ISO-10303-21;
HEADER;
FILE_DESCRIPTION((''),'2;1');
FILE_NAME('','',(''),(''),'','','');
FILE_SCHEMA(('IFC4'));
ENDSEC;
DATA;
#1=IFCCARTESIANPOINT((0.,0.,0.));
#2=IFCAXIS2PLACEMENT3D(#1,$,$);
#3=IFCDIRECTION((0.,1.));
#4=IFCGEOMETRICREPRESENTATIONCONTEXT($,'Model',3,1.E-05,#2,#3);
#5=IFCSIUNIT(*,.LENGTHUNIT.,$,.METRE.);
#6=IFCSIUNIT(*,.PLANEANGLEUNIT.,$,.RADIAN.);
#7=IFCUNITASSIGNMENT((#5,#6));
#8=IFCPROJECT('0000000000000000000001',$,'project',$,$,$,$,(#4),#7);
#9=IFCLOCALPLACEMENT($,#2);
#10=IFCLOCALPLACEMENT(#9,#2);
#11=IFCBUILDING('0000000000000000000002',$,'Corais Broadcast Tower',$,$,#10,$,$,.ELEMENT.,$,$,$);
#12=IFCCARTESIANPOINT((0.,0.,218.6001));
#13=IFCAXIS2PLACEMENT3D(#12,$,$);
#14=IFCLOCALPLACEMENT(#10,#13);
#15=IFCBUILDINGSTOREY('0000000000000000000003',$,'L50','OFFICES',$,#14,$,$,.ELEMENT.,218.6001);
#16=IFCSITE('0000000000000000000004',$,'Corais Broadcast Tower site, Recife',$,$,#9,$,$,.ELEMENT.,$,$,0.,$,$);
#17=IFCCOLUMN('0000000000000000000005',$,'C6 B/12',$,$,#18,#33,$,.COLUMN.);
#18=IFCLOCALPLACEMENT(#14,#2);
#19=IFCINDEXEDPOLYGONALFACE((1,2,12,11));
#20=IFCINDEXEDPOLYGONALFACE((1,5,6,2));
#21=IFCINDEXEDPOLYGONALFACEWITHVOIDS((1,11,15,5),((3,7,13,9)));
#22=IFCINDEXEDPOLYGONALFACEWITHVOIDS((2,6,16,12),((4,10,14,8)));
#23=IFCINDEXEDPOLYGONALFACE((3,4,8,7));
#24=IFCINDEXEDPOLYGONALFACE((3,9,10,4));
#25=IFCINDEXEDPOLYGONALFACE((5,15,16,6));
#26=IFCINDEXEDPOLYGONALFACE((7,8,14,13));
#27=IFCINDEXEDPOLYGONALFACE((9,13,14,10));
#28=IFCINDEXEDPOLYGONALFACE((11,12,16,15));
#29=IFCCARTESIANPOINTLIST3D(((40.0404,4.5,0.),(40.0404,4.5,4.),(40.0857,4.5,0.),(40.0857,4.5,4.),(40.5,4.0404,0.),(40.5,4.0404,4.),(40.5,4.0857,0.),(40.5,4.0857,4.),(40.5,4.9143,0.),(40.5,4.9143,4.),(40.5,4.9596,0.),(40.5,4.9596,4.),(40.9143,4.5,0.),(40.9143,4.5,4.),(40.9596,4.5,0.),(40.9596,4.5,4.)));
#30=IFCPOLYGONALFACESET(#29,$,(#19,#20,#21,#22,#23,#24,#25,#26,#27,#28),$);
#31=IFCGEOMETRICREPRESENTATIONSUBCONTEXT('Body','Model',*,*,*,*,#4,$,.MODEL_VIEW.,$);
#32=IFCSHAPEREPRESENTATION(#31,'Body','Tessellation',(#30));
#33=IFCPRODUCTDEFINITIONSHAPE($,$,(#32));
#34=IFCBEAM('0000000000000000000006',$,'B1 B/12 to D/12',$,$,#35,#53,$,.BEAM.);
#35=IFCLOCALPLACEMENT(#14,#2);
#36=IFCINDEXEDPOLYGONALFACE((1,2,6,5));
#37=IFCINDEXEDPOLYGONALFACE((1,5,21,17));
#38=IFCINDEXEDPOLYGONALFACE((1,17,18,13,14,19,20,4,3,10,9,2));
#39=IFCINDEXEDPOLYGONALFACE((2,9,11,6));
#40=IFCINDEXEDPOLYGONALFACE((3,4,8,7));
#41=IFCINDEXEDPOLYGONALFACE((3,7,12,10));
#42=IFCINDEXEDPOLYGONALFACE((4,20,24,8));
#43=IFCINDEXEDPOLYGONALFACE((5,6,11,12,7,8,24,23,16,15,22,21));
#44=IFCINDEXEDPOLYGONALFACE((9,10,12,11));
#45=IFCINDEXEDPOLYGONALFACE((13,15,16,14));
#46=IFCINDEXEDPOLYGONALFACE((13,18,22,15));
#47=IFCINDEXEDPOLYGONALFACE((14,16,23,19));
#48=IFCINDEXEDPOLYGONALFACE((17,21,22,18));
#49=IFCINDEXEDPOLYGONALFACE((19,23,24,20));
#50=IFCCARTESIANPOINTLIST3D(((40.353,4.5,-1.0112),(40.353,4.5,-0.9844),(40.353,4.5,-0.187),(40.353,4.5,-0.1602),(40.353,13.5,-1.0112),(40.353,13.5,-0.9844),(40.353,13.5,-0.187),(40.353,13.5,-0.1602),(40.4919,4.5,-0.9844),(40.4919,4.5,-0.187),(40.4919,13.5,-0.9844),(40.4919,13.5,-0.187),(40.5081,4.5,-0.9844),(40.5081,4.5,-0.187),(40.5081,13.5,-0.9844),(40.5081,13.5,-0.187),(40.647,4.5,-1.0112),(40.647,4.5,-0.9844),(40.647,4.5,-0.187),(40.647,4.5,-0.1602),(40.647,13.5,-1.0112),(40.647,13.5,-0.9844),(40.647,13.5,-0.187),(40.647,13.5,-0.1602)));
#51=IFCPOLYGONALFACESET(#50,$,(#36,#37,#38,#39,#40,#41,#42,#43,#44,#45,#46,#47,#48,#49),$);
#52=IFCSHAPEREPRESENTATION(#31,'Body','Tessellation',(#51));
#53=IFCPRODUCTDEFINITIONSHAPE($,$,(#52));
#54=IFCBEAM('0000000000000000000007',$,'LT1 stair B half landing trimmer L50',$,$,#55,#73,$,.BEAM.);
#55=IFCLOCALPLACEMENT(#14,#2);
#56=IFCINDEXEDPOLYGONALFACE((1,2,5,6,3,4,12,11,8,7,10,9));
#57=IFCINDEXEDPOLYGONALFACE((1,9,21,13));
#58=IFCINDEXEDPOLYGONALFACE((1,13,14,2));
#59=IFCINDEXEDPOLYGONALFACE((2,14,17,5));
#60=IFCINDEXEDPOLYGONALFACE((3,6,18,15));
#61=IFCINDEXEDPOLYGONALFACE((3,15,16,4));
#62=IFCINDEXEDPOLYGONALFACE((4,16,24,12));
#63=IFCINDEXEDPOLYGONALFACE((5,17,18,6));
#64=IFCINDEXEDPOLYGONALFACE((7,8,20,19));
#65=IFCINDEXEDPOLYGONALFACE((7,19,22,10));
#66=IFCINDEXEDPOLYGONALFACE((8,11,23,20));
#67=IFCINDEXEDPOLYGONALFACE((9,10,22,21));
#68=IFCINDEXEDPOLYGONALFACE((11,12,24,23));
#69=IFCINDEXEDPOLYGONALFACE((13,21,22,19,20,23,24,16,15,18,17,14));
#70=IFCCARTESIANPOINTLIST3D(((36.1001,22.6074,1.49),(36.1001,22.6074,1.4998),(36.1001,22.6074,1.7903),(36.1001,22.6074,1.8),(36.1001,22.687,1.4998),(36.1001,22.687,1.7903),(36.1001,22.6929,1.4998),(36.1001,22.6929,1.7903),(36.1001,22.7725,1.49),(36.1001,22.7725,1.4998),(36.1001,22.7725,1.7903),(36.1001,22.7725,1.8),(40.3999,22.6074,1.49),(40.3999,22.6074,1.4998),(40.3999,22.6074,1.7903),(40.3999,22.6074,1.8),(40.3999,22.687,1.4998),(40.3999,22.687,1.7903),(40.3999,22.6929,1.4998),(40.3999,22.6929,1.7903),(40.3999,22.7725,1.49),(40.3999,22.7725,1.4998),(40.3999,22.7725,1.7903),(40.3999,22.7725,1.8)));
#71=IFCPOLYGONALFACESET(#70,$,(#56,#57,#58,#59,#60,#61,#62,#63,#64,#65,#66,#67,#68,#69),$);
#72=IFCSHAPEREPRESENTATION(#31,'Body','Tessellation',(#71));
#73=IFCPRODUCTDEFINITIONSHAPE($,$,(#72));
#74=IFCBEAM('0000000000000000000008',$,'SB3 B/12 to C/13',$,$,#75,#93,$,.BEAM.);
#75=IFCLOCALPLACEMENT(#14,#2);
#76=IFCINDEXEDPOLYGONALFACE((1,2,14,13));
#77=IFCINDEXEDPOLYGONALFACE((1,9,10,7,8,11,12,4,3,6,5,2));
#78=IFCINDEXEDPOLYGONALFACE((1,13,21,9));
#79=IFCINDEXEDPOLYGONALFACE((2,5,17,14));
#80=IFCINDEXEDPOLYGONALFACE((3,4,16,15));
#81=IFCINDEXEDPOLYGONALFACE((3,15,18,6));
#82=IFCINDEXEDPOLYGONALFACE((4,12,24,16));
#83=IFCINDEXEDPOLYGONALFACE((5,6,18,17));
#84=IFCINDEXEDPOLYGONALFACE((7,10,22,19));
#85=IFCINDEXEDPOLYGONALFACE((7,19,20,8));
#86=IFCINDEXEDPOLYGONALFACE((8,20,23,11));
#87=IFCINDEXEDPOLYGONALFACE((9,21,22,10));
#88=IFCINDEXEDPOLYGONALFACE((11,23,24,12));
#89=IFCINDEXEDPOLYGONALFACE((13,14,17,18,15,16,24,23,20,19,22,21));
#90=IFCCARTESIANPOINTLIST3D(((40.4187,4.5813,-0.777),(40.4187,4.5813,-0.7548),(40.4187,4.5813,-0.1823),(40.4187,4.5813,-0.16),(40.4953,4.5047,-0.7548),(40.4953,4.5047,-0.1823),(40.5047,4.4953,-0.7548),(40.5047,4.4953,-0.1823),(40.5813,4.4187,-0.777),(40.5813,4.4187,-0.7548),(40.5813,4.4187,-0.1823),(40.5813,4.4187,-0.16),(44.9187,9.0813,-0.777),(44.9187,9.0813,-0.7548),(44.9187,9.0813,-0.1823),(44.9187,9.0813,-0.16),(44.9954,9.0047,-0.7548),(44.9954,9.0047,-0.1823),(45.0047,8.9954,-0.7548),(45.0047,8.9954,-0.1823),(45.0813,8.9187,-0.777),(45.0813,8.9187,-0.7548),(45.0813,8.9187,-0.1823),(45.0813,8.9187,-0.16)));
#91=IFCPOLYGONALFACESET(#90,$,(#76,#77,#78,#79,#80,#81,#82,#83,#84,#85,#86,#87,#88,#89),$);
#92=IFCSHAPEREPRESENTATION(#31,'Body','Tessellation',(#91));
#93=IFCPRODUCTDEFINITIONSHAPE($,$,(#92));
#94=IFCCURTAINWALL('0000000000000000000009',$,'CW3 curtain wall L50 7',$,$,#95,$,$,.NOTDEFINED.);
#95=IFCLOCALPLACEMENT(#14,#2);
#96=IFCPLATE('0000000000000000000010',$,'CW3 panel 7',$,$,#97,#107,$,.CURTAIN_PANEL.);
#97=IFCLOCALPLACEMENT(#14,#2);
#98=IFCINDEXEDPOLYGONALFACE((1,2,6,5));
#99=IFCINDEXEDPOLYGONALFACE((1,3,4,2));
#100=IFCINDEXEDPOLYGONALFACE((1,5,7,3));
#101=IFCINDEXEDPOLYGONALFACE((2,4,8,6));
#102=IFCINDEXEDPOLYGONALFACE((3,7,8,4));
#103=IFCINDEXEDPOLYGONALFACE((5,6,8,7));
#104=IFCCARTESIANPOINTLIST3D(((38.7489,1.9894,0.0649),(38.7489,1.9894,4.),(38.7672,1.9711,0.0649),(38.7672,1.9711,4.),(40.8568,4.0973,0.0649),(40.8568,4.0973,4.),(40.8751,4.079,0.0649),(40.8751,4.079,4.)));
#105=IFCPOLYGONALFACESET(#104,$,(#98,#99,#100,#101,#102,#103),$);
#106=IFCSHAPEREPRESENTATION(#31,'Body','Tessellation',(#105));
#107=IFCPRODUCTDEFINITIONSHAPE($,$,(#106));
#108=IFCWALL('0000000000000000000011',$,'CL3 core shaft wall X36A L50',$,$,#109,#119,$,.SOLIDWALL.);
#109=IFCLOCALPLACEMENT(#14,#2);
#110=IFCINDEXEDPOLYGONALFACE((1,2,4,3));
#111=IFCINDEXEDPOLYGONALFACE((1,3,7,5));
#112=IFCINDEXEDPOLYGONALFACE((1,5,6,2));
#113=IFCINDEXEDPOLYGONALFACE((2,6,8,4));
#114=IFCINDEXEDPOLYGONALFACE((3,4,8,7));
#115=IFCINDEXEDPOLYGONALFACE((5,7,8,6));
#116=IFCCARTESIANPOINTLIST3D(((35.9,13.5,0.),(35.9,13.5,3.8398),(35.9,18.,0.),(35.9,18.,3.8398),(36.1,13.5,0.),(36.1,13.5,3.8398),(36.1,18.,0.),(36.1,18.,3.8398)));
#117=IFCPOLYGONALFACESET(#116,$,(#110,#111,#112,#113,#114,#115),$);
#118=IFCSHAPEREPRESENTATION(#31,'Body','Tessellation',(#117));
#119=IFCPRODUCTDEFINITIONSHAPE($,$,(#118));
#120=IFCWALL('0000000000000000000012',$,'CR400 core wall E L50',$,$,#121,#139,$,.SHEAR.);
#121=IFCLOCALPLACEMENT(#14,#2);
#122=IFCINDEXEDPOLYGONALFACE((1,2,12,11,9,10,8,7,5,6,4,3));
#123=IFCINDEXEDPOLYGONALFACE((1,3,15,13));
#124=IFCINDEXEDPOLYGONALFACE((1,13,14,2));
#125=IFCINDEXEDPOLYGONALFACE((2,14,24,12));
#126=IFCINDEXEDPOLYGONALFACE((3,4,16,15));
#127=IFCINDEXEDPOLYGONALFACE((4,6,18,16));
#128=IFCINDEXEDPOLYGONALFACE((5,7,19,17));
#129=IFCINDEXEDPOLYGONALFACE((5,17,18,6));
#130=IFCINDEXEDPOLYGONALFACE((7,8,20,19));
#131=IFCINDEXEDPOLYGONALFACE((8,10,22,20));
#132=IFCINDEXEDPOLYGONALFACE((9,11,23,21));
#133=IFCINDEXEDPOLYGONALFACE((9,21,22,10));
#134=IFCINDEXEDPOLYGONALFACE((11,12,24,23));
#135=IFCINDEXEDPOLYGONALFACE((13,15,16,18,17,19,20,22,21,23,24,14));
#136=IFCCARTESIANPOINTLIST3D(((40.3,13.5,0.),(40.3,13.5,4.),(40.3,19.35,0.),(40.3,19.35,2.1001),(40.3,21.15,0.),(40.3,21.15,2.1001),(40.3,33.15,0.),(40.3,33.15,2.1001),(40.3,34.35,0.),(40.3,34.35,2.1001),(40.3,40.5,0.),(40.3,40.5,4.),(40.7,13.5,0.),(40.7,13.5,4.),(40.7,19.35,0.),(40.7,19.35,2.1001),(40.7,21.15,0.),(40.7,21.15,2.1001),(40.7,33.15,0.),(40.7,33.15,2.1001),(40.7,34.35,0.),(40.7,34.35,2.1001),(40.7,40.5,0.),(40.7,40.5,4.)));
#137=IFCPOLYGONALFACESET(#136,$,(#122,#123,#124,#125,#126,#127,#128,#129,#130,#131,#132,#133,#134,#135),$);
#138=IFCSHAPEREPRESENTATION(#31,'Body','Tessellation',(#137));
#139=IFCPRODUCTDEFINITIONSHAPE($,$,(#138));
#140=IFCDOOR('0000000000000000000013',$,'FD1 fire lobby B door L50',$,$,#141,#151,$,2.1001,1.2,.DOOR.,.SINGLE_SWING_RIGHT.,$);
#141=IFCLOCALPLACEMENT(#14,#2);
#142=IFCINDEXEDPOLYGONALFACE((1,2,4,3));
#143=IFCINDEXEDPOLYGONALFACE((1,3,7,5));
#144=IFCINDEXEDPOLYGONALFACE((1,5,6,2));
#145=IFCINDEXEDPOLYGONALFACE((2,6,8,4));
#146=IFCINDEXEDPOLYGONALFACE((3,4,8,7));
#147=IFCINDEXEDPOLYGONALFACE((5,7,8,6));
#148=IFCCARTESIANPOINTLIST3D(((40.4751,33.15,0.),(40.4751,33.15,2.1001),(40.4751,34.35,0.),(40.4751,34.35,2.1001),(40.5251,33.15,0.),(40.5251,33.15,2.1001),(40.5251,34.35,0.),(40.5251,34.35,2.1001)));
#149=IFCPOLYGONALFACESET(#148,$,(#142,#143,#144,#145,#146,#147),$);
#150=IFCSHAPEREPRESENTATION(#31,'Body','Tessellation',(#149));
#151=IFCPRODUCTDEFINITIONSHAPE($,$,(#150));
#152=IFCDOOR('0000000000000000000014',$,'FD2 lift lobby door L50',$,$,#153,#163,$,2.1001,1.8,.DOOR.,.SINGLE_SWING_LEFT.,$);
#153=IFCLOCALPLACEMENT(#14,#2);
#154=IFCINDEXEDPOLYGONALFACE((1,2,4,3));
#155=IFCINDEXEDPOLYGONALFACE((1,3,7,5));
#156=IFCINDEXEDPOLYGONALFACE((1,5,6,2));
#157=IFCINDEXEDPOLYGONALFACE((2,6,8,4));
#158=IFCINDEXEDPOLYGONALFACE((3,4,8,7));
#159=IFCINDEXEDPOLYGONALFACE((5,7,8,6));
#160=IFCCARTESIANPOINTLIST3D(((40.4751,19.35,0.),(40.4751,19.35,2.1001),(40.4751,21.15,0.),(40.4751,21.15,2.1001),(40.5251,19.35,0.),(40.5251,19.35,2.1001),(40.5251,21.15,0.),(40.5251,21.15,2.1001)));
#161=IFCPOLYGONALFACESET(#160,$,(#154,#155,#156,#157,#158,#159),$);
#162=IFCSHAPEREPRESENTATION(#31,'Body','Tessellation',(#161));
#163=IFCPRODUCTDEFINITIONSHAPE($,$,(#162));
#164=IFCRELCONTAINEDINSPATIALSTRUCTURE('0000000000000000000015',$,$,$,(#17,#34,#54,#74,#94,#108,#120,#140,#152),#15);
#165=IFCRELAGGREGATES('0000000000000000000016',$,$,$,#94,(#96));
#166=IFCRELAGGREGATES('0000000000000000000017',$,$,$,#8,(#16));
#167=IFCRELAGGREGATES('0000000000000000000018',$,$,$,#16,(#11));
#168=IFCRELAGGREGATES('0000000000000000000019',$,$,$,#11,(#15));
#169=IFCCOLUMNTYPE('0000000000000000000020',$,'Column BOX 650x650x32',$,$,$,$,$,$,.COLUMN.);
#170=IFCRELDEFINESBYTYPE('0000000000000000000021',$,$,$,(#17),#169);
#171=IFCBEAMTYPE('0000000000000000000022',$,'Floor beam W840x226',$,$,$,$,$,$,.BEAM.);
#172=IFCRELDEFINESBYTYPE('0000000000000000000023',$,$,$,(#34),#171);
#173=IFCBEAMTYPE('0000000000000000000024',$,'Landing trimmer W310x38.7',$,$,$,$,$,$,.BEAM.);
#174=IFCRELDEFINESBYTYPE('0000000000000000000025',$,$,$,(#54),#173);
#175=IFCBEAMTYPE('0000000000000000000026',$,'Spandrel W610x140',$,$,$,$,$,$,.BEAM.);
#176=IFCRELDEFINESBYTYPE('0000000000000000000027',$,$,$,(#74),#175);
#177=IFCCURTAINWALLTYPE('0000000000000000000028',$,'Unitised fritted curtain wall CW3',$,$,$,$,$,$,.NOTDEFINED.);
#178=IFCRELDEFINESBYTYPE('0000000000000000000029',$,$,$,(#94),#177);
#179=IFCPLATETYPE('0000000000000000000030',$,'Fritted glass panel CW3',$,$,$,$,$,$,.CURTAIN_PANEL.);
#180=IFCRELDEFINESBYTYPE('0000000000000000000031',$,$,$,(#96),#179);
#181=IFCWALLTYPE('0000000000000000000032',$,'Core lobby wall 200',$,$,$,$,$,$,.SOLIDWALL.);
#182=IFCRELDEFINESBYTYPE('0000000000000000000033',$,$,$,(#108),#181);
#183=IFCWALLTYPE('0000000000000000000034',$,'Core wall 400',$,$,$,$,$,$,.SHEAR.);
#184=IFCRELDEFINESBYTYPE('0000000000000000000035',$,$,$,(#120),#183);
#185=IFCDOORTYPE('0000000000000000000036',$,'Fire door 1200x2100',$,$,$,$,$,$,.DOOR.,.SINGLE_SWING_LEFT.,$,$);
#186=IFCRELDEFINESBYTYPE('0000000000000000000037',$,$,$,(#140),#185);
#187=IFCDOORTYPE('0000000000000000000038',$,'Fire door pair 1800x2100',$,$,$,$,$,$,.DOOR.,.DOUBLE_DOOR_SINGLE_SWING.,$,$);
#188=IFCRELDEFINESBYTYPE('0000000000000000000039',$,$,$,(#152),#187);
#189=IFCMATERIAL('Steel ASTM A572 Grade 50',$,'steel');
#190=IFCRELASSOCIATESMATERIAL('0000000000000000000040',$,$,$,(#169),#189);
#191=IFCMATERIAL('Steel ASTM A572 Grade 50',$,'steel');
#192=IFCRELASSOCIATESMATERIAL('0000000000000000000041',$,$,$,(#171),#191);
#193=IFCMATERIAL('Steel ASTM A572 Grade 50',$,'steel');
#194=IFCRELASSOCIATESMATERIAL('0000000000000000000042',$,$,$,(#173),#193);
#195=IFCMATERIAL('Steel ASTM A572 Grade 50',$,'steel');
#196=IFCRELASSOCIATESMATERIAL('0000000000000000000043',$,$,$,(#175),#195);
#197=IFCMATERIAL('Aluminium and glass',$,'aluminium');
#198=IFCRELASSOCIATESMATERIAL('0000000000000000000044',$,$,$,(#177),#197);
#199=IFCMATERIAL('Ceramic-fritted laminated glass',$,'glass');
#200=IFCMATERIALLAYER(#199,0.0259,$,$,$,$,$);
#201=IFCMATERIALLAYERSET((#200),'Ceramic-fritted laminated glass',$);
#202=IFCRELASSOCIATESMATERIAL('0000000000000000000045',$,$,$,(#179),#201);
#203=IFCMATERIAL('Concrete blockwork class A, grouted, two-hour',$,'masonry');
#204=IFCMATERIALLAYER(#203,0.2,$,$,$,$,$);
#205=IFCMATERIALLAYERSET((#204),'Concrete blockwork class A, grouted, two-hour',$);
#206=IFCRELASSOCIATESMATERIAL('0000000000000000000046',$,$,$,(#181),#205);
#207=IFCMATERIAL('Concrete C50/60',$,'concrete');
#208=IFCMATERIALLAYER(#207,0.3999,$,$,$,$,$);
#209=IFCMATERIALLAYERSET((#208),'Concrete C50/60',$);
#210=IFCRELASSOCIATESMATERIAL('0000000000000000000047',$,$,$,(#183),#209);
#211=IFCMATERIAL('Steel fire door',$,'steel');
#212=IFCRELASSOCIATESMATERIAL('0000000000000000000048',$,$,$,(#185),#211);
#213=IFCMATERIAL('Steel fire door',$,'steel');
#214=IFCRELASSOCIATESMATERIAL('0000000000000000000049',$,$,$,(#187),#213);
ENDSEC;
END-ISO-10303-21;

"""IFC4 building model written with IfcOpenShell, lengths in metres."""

from ifc_helpers import new_model, si_unit, direction, frame, frame_2d, origin, origin_2d, place, context, subcontext, project, spatial, rectangle, hollow_rectangle, i_section, extrude, material, layer, layer_set, material_profile, profile_set, type_object, element, fill, aggregate, save


model = new_model("IFC4")

# Units and contexts
model_context = context("Model", 3, precision=1e-05, world=origin(), true_north=direction((0.0, 1.0)))
body_context = subcontext(model_context, "Body", "Model", "MODEL_VIEW")
ifc_project = project(units=[si_unit("LENGTHUNIT", "METRE"), si_unit("PLANEANGLEUNIT", "RADIAN")], contexts=[model_context])

# Site, building, storey
site_placement = place(None, origin())
site = spatial("IfcSite", under=ifc_project, at=site_placement, Name="Corais Broadcast Tower site, Recife", CompositionType="ELEMENT", RefElevation=0.0)
building_placement = place(site_placement, origin())
building = spatial("IfcBuilding", under=site, at=building_placement, Name="Corais Broadcast Tower", CompositionType="ELEMENT")
storey_placement = place(building_placement, frame((0.0, 0.0, 218.6001)))
storey = spatial("IfcBuildingStorey", under=building, at=storey_placement, Name="L50", Description="OFFICES", CompositionType="ELEMENT", Elevation=218.6001)

# Column
ifc_material_1 = material(Name="Steel ASTM A572 Grade 50", Category="steel")
ifc_material_profile_1 = material_profile(ifc_material_1, hollow_rectangle(XDim=0.6499, YDim=0.6499, WallThickness=0.032, at=origin_2d()), Name="BOX 650x650x32")
ifc_profile_set_1 = profile_set([ifc_material_profile_1], Name="Steel ASTM A572 Grade 50")
column_type = type_object("IfcColumnType", Name="Column BOX 650x650x32", PredefinedType="COLUMN", material=ifc_profile_set_1)
column_placement = place(storey_placement, frame((40.5, 4.5, 0.0), z_axis=(0.0, 0.0, 1.0), x_axis=(0.707107, 0.707107, 0.0)))
element("IfcColumn", 1, at=column_placement, inside=storey, type_object=column_type, Name="C6 B/12", PredefinedType="COLUMN", context=body_context, shape_type="SweptSolid", body=[
    extrude(hollow_rectangle(XDim=0.6499, YDim=0.6499, WallThickness=0.032, at=origin_2d()), origin(), (0.0, 0.0, 1.0), 4.0),
])

# Beams
ifc_material_2 = material(Name="Steel ASTM A572 Grade 50", Category="steel")
ifc_material_profile_2 = material_profile(ifc_material_2, i_section(OverallWidth=0.2939, OverallDepth=0.8511, WebThickness=0.0161, FlangeThickness=0.0269, at=origin_2d()), Name="W840x226")
ifc_profile_set_2 = profile_set([ifc_material_profile_2], Name="Steel ASTM A572 Grade 50")
beam_type_1 = type_object("IfcBeamType", Name="Floor beam W840x226", PredefinedType="BEAM", material=ifc_profile_set_2)
beam_1_placement = place(storey_placement, frame((40.5, 4.5, -0.5857), z_axis=(0.0, 1.0, 0.0), x_axis=(-1.0, 0.0, 0.0)))
element("IfcBeam", 2, at=beam_1_placement, inside=storey, type_object=beam_type_1, Name="B1 B/12 to D/12", PredefinedType="BEAM", context=body_context, shape_type="SweptSolid", body=[
    extrude(i_section(OverallWidth=0.2939, OverallDepth=0.8511, WebThickness=0.0161, FlangeThickness=0.0269, at=origin_2d()), origin(), (0.0, 0.0, 1.0), 9.0),
])
ifc_material_3 = material(Name="Steel ASTM A572 Grade 50", Category="steel")
ifc_material_profile_3 = material_profile(ifc_material_3, i_section(OverallWidth=0.165, OverallDepth=0.3101, WebThickness=0.0059, FlangeThickness=0.0098, at=origin_2d()), Name="W310x38.7")
ifc_profile_set_3 = profile_set([ifc_material_profile_3], Name="Steel ASTM A572 Grade 50")
beam_type_2 = type_object("IfcBeamType", Name="Landing trimmer W310x38.7", PredefinedType="BEAM", material=ifc_profile_set_3)
beam_2_placement = place(storey_placement, frame((36.1001, 22.6899, 1.645), z_axis=(1.0, 0.0, 0.0), x_axis=(0.0, 1.0, 0.0)))
element("IfcBeam", 3, at=beam_2_placement, inside=storey, type_object=beam_type_2, Name="LT1 stair B half landing trimmer L50", PredefinedType="BEAM", context=body_context, shape_type="SweptSolid", body=[
    extrude(i_section(OverallWidth=0.165, OverallDepth=0.3101, WebThickness=0.0059, FlangeThickness=0.0098, at=origin_2d()), origin(), (0.0, 0.0, 1.0), 4.2998),
])
ifc_material_4 = material(Name="Steel ASTM A572 Grade 50", Category="steel")
ifc_material_profile_4 = material_profile(ifc_material_4, i_section(OverallWidth=0.23, OverallDepth=0.6169, WebThickness=0.0132, FlangeThickness=0.0222, at=origin_2d()), Name="W610x140")
ifc_profile_set_4 = profile_set([ifc_material_profile_4], Name="Steel ASTM A572 Grade 50")
beam_type_3 = type_object("IfcBeamType", Name="Spandrel W610x140", PredefinedType="BEAM", material=ifc_profile_set_4)
beam_3_placement = place(storey_placement, frame((40.5, 4.5, -0.4685), z_axis=(0.707107, 0.707107, 0.0), x_axis=(-0.707107, 0.707107, 0.0)))
element("IfcBeam", 4, at=beam_3_placement, inside=storey, type_object=beam_type_3, Name="SB3 B/12 to C/13", PredefinedType="BEAM", context=body_context, shape_type="SweptSolid", body=[
    extrude(i_section(OverallWidth=0.23, OverallDepth=0.6169, WebThickness=0.0132, FlangeThickness=0.0222, at=origin_2d()), origin(), (0.0, 0.0, 1.0), 6.364),
])

# Curtain wall, plate
ifc_material_5 = material(Name="Aluminium and glass", Category="aluminium")
curtain_wall_type = type_object("IfcCurtainWallType", Name="Unitised fritted curtain wall CW3", PredefinedType="NOTDEFINED", material=ifc_material_5)
curtain_wall_placement = place(storey_placement, origin())
curtain_wall = element("IfcCurtainWall", 5, at=curtain_wall_placement, inside=storey, type_object=curtain_wall_type, Name="CW3 curtain wall L50 7", PredefinedType="NOTDEFINED")
ifc_material_6 = material(Name="Ceramic-fritted laminated glass", Category="glass")
ifc_layer_1 = layer(ifc_material_6, 0.0259)
ifc_layer_set_1 = layer_set([ifc_layer_1], Name="Ceramic-fritted laminated glass")
plate_type = type_object("IfcPlateType", Name="Fritted glass panel CW3", PredefinedType="CURTAIN_PANEL", material=ifc_layer_set_1)
plate_placement = place(storey_placement, frame((39.812, 3.0342, 0.0649), z_axis=(0.0, 0.0, 1.0), x_axis=(-0.707107, -0.707107, 0.0)))
plate = element("IfcPlate", 6, at=plate_placement, type_object=plate_type, Name="CW3 panel 7", PredefinedType="CURTAIN_PANEL", context=body_context, shape_type="SweptSolid", body=[
    extrude(rectangle(XDim=2.981, YDim=0.0259, at=origin_2d()), origin(), (0.0, 0.0, 1.0), 3.9351),
])
aggregate(curtain_wall, [plate])

# Wall
ifc_material_7 = material(Name="Concrete blockwork class A, grouted, two-hour", Category="masonry")
ifc_layer_2 = layer(ifc_material_7, 0.2)
ifc_layer_set_2 = layer_set([ifc_layer_2], Name="Concrete blockwork class A, grouted, two-hour")
wall_type_1 = type_object("IfcWallType", Name="Core lobby wall 200", PredefinedType="SOLIDWALL", material=ifc_layer_set_2)
wall_1_placement = place(storey_placement, frame((36.0, 13.5, 0.0), z_axis=(0.0, 0.0, 1.0), x_axis=(0.0, 1.0, 0.0)))
element("IfcWall", 7, at=wall_1_placement, inside=storey, type_object=wall_type_1, Name="CL3 core shaft wall X36A L50", PredefinedType="SOLIDWALL", context=body_context, shape_type="SweptSolid", body=[
    extrude(rectangle(XDim=4.5, YDim=0.2, at=frame_2d((2.25, 0.0))), origin(), (0.0, 0.0, 1.0), 3.8398),
])

# Wall, openings, doors
ifc_material_8 = material(Name="Concrete C50/60", Category="concrete")
ifc_layer_3 = layer(ifc_material_8, 0.3999)
ifc_layer_set_3 = layer_set([ifc_layer_3], Name="Concrete C50/60")
wall_type_2 = type_object("IfcWallType", Name="Core wall 400", PredefinedType="SHEAR", material=ifc_layer_set_3)
wall_2_placement = place(storey_placement, frame((40.5, 13.5, 0.0), z_axis=(0.0, 0.0, 1.0), x_axis=(0.0, 1.0, 0.0)))
wall_2 = element("IfcWall", 8, at=wall_2_placement, inside=storey, type_object=wall_type_2, Name="CR400 core wall E L50", PredefinedType="SHEAR", context=body_context, shape_type="SweptSolid", body=[
    extrude(rectangle(XDim=27.0, YDim=0.3999, at=frame_2d((13.5, 0.0))), origin(), (0.0, 0.0, 1.0), 4.0),
])
opening_1_placement = place(wall_2_placement, frame((5.8501, 0.0, 0.0)))
opening_1 = element("IfcOpeningElement", 9, at=opening_1_placement, cuts=wall_2, PredefinedType="OPENING", context=body_context, shape_type="SweptSolid", body=[
    extrude(rectangle(XDim=1.8, YDim=2.1001, at=frame_2d((0.8999, 1.05))), frame((0.0, 0.21, 0.0), z_axis=(0.0, -1.0, 0.0), x_axis=(1.0, 0.0, 0.0)), (0.0, 0.0, 1.0), 0.4199),
])
opening_2_placement = place(wall_2_placement, frame((19.6499, 0.0, 0.0)))
opening_2 = element("IfcOpeningElement", 10, at=opening_2_placement, cuts=wall_2, PredefinedType="OPENING", context=body_context, shape_type="SweptSolid", body=[
    extrude(rectangle(XDim=1.2, YDim=2.1001, at=frame_2d((0.6001, 1.05))), frame((0.0, 0.21, 0.0), z_axis=(0.0, -1.0, 0.0), x_axis=(1.0, 0.0, 0.0)), (0.0, 0.0, 1.0), 0.4199),
])
ifc_material_9 = material(Name="Steel fire door", Category="steel")
door_type_1 = type_object("IfcDoorType", Name="Fire door 1200x2100", OperationType="SINGLE_SWING_LEFT", PredefinedType="DOOR", material=ifc_material_9)
door_1_placement = place(opening_2_placement, origin())
door_1 = element("IfcDoor", 11, at=door_1_placement, inside=storey, type_object=door_type_1, Name="FD1 fire lobby B door L50", OperationType="SINGLE_SWING_RIGHT", OverallHeight=2.1001, OverallWidth=1.2, PredefinedType="DOOR", context=body_context, shape_type="SweptSolid", body=[
    extrude(rectangle(XDim=1.2, YDim=2.1001, at=frame_2d((0.6001, 1.05))), frame((0.0, 0.0249, 0.0), z_axis=(0.0, -1.0, 0.0), x_axis=(1.0, 0.0, 0.0)), (0.0, 0.0, 1.0), 0.05),
])
fill(opening_2, door_1)
ifc_material_10 = material(Name="Steel fire door", Category="steel")
door_type_2 = type_object("IfcDoorType", Name="Fire door pair 1800x2100", OperationType="DOUBLE_DOOR_SINGLE_SWING", PredefinedType="DOOR", material=ifc_material_10)
door_2_placement = place(opening_1_placement, origin())
door_2 = element("IfcDoor", 12, at=door_2_placement, inside=storey, type_object=door_type_2, Name="FD2 lift lobby door L50", OperationType="SINGLE_SWING_LEFT", OverallHeight=2.1001, OverallWidth=1.8, PredefinedType="DOOR", context=body_context, shape_type="SweptSolid", body=[
    extrude(rectangle(XDim=1.8, YDim=2.1001, at=frame_2d((0.8999, 1.05))), frame((0.0, 0.0249, 0.0), z_axis=(0.0, -1.0, 0.0), x_axis=(1.0, 0.0, 0.0)), (0.0, 0.0, 1.0), 0.05),
])
fill(opening_1, door_2)

save(model, "model.ifc")
